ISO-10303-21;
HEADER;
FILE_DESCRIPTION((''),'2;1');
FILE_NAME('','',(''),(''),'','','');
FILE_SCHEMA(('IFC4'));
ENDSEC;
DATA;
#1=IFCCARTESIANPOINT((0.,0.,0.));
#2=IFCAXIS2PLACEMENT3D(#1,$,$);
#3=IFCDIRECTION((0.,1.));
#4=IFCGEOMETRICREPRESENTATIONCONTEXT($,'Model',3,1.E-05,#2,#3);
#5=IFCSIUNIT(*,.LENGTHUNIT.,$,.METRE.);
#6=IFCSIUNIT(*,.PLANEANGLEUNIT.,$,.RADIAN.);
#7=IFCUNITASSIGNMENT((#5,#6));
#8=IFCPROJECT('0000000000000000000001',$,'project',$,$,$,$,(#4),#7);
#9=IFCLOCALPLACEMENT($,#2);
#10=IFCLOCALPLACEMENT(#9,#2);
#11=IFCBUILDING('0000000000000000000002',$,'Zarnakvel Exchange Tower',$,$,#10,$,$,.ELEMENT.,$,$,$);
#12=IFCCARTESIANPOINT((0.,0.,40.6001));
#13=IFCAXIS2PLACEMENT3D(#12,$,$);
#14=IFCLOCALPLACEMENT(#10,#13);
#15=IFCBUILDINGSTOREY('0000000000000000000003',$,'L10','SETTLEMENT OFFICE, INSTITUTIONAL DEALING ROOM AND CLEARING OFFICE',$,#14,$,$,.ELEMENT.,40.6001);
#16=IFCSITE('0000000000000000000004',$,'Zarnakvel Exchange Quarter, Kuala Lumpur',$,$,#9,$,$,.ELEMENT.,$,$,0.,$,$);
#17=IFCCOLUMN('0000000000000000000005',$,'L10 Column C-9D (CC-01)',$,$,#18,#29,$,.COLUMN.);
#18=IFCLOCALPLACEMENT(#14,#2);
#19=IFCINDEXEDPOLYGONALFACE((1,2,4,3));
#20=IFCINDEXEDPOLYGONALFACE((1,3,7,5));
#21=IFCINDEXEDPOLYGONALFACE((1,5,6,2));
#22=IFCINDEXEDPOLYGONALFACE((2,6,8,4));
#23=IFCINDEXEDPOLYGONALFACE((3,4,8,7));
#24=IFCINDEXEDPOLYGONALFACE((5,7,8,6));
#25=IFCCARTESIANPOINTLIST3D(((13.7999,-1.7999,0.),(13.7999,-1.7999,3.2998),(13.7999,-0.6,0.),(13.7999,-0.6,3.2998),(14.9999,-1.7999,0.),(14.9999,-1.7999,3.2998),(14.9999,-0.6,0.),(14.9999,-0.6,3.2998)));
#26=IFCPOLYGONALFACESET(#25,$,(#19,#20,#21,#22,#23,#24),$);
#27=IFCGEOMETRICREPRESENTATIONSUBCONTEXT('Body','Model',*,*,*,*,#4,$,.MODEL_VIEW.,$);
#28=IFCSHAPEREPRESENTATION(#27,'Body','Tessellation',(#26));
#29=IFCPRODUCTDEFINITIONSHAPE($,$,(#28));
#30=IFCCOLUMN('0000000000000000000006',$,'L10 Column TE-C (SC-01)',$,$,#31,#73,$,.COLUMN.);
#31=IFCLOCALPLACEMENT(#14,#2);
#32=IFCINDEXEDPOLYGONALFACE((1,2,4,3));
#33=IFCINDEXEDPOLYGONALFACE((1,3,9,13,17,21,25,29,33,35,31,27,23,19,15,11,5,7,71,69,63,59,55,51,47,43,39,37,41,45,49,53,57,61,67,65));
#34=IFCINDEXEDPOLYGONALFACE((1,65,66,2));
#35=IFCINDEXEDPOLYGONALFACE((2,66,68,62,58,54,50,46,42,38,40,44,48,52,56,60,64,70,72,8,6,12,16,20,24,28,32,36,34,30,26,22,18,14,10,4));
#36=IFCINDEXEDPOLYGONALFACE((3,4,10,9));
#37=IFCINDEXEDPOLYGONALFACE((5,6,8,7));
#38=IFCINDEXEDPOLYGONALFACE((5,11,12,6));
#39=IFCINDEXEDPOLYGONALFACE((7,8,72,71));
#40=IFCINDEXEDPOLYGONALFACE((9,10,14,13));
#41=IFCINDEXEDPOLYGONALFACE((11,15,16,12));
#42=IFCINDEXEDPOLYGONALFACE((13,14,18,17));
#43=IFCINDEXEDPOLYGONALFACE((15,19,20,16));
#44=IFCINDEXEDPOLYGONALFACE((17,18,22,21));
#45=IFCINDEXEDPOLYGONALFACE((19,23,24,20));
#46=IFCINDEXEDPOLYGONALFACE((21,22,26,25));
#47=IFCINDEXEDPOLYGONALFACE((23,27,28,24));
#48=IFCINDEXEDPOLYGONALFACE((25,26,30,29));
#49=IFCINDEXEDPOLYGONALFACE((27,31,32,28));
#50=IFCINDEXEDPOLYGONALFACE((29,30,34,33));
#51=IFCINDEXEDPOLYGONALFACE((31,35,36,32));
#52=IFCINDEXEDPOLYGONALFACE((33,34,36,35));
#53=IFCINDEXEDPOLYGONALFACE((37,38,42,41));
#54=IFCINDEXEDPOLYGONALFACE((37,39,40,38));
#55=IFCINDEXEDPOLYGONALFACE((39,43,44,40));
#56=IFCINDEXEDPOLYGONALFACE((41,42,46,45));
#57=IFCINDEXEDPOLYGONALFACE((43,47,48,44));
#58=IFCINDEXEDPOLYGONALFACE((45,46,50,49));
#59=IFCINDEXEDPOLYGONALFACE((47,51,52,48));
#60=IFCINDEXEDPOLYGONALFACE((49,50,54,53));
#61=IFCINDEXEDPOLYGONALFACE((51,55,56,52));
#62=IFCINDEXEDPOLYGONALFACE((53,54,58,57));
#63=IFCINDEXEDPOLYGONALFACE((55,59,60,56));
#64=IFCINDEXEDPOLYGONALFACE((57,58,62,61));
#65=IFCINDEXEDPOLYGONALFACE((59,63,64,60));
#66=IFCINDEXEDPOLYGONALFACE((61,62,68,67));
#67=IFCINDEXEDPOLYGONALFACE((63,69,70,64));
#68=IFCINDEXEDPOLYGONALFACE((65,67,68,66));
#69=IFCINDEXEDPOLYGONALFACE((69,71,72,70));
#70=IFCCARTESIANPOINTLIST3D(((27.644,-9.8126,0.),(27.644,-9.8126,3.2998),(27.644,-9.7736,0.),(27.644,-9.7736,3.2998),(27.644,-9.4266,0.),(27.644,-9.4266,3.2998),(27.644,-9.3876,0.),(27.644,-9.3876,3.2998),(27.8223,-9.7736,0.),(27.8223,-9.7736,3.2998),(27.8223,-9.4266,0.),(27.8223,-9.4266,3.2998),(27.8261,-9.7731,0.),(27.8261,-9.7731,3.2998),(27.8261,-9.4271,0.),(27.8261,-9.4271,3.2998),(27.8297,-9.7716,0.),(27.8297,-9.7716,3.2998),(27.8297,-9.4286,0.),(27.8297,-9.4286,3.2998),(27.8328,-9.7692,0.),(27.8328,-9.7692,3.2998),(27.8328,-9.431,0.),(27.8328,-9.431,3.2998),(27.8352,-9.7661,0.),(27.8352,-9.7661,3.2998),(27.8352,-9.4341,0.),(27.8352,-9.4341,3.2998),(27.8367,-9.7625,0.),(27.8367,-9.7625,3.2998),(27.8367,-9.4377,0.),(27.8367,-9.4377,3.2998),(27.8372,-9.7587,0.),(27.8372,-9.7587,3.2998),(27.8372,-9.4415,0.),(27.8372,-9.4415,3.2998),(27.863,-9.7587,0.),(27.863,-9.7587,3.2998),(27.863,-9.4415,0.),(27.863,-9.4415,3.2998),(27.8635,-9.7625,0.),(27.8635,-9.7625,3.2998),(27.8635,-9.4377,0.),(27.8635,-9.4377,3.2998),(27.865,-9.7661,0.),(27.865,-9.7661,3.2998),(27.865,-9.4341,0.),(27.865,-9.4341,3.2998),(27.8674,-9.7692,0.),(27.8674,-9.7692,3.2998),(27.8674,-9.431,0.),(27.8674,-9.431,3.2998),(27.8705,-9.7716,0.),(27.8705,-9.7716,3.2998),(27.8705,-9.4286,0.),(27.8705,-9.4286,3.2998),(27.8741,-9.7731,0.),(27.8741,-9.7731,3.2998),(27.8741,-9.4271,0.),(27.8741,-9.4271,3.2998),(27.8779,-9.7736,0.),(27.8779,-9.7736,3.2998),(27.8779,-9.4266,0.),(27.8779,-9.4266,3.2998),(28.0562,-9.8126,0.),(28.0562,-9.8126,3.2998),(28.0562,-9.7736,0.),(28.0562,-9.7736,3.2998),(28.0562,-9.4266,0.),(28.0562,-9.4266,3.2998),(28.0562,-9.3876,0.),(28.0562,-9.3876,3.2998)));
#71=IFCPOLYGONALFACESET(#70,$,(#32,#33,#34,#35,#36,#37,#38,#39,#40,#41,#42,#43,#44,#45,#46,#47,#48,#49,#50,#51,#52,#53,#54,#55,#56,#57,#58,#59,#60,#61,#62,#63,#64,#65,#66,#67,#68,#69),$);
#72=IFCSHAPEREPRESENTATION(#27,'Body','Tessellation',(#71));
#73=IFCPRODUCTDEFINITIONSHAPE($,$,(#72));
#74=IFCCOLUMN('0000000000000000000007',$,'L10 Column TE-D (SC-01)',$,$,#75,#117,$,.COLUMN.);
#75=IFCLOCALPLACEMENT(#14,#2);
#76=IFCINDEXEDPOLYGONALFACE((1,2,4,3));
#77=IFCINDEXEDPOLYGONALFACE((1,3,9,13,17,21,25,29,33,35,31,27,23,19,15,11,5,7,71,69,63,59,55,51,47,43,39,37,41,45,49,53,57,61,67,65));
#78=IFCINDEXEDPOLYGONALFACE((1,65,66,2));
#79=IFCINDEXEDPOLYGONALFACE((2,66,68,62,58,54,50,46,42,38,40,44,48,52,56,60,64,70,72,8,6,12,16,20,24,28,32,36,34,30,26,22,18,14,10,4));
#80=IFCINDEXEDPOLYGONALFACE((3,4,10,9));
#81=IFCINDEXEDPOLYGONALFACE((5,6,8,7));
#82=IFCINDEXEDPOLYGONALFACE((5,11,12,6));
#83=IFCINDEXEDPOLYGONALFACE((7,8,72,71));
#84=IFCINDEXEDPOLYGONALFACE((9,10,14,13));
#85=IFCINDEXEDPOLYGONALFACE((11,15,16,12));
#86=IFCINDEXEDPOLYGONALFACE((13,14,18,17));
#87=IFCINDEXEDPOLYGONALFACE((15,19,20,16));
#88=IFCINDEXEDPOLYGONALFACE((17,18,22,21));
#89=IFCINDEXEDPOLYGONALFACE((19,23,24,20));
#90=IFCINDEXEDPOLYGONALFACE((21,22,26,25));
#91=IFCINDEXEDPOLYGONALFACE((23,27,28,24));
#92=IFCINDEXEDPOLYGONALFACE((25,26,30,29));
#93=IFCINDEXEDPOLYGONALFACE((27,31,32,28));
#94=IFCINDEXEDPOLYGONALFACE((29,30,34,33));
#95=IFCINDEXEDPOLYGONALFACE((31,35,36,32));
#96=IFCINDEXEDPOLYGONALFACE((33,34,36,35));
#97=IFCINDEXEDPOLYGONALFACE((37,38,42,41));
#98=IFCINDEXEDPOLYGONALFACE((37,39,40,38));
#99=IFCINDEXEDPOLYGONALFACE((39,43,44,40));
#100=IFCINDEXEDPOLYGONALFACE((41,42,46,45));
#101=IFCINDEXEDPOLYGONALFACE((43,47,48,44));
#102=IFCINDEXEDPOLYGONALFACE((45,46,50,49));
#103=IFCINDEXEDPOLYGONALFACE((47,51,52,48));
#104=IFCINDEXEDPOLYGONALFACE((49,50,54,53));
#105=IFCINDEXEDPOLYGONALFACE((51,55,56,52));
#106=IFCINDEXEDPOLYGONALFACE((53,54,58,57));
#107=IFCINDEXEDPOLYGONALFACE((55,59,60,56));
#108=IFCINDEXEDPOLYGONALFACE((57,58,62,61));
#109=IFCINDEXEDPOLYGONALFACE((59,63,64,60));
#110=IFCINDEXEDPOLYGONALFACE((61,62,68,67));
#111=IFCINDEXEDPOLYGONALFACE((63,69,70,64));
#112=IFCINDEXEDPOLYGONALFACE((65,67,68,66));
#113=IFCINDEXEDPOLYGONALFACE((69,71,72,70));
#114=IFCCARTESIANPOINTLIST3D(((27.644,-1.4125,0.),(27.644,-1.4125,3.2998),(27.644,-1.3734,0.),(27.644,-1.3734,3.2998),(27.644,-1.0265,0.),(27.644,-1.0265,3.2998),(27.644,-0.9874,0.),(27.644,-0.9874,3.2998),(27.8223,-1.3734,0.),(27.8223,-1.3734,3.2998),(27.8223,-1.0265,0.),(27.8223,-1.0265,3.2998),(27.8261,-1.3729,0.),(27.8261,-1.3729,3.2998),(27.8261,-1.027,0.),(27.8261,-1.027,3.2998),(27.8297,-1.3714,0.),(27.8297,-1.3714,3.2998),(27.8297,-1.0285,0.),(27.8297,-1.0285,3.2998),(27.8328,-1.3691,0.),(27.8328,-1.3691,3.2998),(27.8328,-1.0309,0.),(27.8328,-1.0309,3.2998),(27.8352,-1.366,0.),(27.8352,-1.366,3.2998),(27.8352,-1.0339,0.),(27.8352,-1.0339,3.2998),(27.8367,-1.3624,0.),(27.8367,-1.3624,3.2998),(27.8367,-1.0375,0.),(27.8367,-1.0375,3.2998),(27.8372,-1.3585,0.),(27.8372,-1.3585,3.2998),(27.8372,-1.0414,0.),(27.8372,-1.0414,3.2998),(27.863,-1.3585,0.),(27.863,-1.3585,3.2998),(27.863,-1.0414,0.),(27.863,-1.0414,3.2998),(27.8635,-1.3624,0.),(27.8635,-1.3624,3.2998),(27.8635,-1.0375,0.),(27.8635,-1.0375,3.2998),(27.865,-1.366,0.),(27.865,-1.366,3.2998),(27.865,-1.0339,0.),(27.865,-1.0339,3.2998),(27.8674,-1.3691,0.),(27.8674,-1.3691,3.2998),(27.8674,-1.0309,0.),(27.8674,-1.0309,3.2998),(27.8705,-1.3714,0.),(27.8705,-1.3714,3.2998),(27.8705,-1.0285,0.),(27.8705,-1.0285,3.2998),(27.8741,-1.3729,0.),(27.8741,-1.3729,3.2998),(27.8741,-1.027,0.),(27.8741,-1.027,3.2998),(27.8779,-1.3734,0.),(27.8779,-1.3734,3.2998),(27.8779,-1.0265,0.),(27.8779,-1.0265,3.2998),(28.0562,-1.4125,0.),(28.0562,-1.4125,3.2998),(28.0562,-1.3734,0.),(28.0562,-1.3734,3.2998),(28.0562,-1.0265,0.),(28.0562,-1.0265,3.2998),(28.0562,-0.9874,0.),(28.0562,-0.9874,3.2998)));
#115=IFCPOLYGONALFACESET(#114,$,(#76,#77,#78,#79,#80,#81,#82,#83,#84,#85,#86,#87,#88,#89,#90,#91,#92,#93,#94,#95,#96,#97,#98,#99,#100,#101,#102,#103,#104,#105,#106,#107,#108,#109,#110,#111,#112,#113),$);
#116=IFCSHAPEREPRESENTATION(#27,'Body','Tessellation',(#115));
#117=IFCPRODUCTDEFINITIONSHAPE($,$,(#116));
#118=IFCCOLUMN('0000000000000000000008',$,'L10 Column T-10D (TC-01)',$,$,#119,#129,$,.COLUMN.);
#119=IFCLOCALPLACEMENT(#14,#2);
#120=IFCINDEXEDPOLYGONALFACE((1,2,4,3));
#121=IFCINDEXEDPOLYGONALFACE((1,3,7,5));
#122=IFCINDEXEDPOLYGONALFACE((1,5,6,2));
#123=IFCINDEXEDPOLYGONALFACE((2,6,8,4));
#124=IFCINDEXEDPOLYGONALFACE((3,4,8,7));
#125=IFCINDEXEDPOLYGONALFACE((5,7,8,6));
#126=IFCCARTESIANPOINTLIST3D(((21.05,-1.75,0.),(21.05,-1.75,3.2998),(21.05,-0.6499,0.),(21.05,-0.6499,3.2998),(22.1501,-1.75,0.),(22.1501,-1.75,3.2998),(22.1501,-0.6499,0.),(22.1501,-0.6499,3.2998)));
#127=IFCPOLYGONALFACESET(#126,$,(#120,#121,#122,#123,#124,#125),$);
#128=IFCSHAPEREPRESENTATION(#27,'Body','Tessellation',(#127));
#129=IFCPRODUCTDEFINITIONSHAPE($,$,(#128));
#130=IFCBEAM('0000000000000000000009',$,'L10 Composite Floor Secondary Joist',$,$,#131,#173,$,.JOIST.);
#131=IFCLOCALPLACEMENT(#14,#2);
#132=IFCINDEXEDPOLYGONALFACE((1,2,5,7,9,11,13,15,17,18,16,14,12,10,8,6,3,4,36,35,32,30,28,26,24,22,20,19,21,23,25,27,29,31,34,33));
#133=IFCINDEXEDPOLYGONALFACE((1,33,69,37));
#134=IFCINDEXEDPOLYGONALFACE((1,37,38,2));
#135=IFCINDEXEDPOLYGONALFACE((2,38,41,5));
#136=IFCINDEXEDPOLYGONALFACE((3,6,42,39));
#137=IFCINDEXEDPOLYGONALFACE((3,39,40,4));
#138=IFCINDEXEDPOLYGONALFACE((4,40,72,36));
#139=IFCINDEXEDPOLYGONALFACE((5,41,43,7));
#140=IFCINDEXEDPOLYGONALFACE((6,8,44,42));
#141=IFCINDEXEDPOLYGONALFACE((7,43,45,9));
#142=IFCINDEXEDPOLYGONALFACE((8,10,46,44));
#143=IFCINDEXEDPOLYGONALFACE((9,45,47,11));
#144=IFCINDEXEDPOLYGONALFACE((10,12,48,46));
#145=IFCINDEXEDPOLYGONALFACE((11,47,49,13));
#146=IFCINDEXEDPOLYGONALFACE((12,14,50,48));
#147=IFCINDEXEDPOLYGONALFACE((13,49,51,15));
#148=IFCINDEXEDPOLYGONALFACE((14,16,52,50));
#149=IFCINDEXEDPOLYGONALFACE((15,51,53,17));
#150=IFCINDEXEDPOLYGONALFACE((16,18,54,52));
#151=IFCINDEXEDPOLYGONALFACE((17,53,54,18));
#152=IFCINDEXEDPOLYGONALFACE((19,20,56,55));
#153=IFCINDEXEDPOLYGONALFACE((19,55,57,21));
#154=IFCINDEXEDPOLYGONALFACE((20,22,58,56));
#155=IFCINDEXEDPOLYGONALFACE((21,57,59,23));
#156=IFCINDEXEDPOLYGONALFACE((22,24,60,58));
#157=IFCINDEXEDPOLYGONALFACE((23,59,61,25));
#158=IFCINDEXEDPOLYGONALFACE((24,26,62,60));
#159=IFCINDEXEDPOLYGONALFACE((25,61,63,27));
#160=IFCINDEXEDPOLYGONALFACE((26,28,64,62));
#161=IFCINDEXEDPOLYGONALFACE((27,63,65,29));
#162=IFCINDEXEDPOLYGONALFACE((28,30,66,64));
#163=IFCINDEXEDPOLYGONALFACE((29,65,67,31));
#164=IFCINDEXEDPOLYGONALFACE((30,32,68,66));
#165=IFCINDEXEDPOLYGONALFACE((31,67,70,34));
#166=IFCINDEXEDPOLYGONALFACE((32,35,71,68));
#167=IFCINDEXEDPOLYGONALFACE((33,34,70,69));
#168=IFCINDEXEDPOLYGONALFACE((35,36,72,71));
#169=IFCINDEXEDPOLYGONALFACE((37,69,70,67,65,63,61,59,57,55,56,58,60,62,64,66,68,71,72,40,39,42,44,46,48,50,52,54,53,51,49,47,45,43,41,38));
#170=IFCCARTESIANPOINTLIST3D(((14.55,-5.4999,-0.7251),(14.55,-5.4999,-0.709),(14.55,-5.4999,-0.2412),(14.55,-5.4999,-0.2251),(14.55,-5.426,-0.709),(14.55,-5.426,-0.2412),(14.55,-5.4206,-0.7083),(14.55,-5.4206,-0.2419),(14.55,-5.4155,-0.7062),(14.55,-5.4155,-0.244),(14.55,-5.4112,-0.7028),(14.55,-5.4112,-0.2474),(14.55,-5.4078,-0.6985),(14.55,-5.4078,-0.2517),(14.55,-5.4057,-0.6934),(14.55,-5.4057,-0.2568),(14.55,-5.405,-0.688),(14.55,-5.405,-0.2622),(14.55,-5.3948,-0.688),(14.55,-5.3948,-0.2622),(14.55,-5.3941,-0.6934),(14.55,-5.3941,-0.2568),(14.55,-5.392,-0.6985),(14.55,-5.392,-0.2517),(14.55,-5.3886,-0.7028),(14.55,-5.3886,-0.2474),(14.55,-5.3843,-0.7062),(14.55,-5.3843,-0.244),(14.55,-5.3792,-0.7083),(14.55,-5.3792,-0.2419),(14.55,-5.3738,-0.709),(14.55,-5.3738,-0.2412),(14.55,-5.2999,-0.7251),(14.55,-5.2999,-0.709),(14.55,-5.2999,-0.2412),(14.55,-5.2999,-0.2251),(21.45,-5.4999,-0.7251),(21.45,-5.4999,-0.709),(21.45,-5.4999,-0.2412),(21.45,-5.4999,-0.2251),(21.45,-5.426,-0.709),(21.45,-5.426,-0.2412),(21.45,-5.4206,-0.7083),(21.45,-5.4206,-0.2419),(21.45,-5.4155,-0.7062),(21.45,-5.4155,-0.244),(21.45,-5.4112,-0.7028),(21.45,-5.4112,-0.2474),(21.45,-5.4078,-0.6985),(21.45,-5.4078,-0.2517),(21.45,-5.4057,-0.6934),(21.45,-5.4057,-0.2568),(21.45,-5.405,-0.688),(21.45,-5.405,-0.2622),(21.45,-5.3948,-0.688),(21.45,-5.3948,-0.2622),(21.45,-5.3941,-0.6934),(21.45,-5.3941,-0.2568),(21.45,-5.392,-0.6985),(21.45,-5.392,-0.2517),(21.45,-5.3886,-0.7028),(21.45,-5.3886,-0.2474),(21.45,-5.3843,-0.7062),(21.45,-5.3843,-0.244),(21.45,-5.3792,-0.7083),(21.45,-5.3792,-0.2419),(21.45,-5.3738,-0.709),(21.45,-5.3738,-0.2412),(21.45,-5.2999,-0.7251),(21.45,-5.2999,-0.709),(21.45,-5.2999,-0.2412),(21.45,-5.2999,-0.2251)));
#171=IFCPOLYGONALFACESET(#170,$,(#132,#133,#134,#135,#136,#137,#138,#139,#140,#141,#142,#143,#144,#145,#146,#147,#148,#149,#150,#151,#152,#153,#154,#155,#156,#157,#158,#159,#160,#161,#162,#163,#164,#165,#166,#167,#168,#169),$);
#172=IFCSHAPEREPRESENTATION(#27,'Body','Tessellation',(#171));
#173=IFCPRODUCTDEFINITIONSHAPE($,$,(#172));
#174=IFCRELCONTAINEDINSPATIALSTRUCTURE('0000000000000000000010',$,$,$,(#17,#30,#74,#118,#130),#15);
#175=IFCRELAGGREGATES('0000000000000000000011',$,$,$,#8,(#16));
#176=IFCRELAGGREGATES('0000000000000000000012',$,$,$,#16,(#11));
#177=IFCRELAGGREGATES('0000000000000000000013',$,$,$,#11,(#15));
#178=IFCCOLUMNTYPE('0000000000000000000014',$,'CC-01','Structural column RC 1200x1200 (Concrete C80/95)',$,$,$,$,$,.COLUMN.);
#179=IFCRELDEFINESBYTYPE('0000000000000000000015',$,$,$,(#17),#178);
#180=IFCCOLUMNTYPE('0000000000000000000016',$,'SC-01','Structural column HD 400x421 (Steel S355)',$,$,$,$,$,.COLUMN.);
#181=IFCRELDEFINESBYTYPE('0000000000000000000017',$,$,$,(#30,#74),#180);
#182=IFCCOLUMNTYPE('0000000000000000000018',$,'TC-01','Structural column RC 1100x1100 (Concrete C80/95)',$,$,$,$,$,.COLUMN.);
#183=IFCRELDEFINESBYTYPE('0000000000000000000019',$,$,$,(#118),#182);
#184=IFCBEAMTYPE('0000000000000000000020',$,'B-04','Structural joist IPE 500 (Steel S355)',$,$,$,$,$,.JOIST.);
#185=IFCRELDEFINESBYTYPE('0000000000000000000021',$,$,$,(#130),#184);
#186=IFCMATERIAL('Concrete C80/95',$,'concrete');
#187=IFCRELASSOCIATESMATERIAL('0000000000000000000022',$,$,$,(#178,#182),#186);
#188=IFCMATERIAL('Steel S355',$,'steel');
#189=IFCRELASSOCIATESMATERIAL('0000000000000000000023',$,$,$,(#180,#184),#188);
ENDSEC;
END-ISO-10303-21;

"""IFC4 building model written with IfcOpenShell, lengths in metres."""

from ifc_helpers import new_model, si_unit, direction, frame, origin, origin_2d, place, context, subcontext, project, spatial, rectangle, i_section, extrude, material, material_profile, profile_set, type_object, element, save


model = new_model("IFC4")

# Units and contexts
model_context = context("Model", 3, precision=1e-05, world=origin(), true_north=direction((0.0, 1.0)))
body_context = subcontext(model_context, "Body", "Model", "MODEL_VIEW")
ifc_project = project(units=[si_unit("LENGTHUNIT", "METRE"), si_unit("PLANEANGLEUNIT", "RADIAN")], contexts=[model_context])

# Site, building, storey
site_placement = place(None, origin())
site = spatial("IfcSite", under=ifc_project, at=site_placement, Name="Zarnakvel Exchange Quarter, Kuala Lumpur", CompositionType="ELEMENT", RefElevation=0.0)
building_placement = place(site_placement, origin())
building = spatial("IfcBuilding", under=site, at=building_placement, Name="Zarnakvel Exchange Tower", CompositionType="ELEMENT")
storey_placement = place(building_placement, frame((0.0, 0.0, 40.6001)))
storey = spatial("IfcBuildingStorey", under=building, at=storey_placement, Name="L10", Description="SETTLEMENT OFFICE, INSTITUTIONAL DEALING ROOM AND CLEARING OFFICE", CompositionType="ELEMENT", Elevation=40.6001)

# Columns
ifc_material_1 = material(Name="Concrete C80/95", Category="concrete")
ifc_material_profile_1 = material_profile(ifc_material_1, rectangle(XDim=1.2, YDim=1.2, at=origin_2d()))
ifc_profile_set_1 = profile_set([ifc_material_profile_1], Name="Concrete C80/95")
column_type_1 = type_object("IfcColumnType", Name="CC-01", Description="Structural column RC 1200x1200 (Concrete C80/95)", PredefinedType="COLUMN", material=ifc_profile_set_1)
column_1_placement = place(storey_placement, frame((14.3999, -1.2, 0.0), z_axis=(0.0, 0.0, 1.0), x_axis=(1.0, 0.0, 0.0)))
element("IfcColumn", 1, at=column_1_placement, inside=storey, type_object=column_type_1, Name="L10 Column C-9D (CC-01)", PredefinedType="COLUMN", context=body_context, shape_type="SweptSolid", body=[
    extrude(rectangle(XDim=1.2, YDim=1.2, at=origin_2d()), origin(), (0.0, 0.0, 1.0), 3.2998),
])
ifc_material_2 = material(Name="Steel S355", Category="steel")
ifc_material_profile_2 = material_profile(ifc_material_2, i_section(OverallWidth=0.4121, OverallDepth=0.425, WebThickness=0.0259, FlangeThickness=0.0391, FilletRadius=0.0149, at=origin_2d()))
ifc_profile_set_2 = profile_set([ifc_material_profile_2], Name="Steel S355")
column_type_2 = type_object("IfcColumnType", Name="SC-01", Description="Structural column HD 400x421 (Steel S355)", PredefinedType="COLUMN", material=ifc_profile_set_2)
for number, where, z_axis, x_axis, name in (
    (2, (27.8501, -9.6001, 0.0), (0.0, 0.0, 1.0), (1.0, 0.0, 0.0), "L10 Column TE-C (SC-01)"),
    (3, (27.8501, -1.2, 0.0), (0.0, 0.0, 1.0), (1.0, 0.0, 0.0), "L10 Column TE-D (SC-01)"),
):
    element("IfcColumn", number, at=place(storey_placement, frame(where, z_axis=z_axis, x_axis=x_axis)), inside=storey, type_object=column_type_2, Name=name, PredefinedType="COLUMN", context=body_context, shape_type="SweptSolid", body=[
        extrude(i_section(OverallWidth=0.4121, OverallDepth=0.425, WebThickness=0.0259, FlangeThickness=0.0391, FilletRadius=0.0149, at=origin_2d()), origin(), (0.0, 0.0, 1.0), 3.2998),
    ])
ifc_material_profile_3 = material_profile(ifc_material_1, rectangle(XDim=1.1001, YDim=1.1001, at=origin_2d()))
ifc_profile_set_3 = profile_set([ifc_material_profile_3], Name="Concrete C80/95")
column_type_3 = type_object("IfcColumnType", Name="TC-01", Description="Structural column RC 1100x1100 (Concrete C80/95)", PredefinedType="COLUMN", material=ifc_profile_set_3)
column_2_placement = place(storey_placement, frame((21.6001, -1.2, 0.0), z_axis=(0.0, 0.0, 1.0), x_axis=(1.0, 0.0, 0.0)))
element("IfcColumn", 4, at=column_2_placement, inside=storey, type_object=column_type_3, Name="L10 Column T-10D (TC-01)", PredefinedType="COLUMN", context=body_context, shape_type="SweptSolid", body=[
    extrude(rectangle(XDim=1.1001, YDim=1.1001, at=origin_2d()), origin(), (0.0, 0.0, 1.0), 3.2998),
])

# Beam
ifc_material_profile_4 = material_profile(ifc_material_2, i_section(OverallWidth=0.2, OverallDepth=0.5, WebThickness=0.0103, FlangeThickness=0.0161, FilletRadius=0.021, at=origin_2d()))
ifc_profile_set_4 = profile_set([ifc_material_profile_4], Name="Steel S355")
beam_type_1 = type_object("IfcBeamType", Name="B-04", Description="Structural joist IPE 500 (Steel S355)", PredefinedType="JOIST", material=ifc_profile_set_4)
beam_1_placement = place(storey_placement, frame((14.55, -5.3999, -0.4751), z_axis=(1.0, 0.0, 0.0), x_axis=(0.0, 1.0, 0.0)))
element("IfcBeam", 5, at=beam_1_placement, inside=storey, type_object=beam_type_1, Name="L10 Composite Floor Secondary Joist", PredefinedType="JOIST", context=body_context, shape_type="SweptSolid", body=[
    extrude(i_section(OverallWidth=0.2, OverallDepth=0.5, WebThickness=0.0103, FlangeThickness=0.0161, FilletRadius=0.021, at=origin_2d()), origin(), (0.0, 0.0, 1.0), 6.8999),
])

save(model, "model.ifc")
